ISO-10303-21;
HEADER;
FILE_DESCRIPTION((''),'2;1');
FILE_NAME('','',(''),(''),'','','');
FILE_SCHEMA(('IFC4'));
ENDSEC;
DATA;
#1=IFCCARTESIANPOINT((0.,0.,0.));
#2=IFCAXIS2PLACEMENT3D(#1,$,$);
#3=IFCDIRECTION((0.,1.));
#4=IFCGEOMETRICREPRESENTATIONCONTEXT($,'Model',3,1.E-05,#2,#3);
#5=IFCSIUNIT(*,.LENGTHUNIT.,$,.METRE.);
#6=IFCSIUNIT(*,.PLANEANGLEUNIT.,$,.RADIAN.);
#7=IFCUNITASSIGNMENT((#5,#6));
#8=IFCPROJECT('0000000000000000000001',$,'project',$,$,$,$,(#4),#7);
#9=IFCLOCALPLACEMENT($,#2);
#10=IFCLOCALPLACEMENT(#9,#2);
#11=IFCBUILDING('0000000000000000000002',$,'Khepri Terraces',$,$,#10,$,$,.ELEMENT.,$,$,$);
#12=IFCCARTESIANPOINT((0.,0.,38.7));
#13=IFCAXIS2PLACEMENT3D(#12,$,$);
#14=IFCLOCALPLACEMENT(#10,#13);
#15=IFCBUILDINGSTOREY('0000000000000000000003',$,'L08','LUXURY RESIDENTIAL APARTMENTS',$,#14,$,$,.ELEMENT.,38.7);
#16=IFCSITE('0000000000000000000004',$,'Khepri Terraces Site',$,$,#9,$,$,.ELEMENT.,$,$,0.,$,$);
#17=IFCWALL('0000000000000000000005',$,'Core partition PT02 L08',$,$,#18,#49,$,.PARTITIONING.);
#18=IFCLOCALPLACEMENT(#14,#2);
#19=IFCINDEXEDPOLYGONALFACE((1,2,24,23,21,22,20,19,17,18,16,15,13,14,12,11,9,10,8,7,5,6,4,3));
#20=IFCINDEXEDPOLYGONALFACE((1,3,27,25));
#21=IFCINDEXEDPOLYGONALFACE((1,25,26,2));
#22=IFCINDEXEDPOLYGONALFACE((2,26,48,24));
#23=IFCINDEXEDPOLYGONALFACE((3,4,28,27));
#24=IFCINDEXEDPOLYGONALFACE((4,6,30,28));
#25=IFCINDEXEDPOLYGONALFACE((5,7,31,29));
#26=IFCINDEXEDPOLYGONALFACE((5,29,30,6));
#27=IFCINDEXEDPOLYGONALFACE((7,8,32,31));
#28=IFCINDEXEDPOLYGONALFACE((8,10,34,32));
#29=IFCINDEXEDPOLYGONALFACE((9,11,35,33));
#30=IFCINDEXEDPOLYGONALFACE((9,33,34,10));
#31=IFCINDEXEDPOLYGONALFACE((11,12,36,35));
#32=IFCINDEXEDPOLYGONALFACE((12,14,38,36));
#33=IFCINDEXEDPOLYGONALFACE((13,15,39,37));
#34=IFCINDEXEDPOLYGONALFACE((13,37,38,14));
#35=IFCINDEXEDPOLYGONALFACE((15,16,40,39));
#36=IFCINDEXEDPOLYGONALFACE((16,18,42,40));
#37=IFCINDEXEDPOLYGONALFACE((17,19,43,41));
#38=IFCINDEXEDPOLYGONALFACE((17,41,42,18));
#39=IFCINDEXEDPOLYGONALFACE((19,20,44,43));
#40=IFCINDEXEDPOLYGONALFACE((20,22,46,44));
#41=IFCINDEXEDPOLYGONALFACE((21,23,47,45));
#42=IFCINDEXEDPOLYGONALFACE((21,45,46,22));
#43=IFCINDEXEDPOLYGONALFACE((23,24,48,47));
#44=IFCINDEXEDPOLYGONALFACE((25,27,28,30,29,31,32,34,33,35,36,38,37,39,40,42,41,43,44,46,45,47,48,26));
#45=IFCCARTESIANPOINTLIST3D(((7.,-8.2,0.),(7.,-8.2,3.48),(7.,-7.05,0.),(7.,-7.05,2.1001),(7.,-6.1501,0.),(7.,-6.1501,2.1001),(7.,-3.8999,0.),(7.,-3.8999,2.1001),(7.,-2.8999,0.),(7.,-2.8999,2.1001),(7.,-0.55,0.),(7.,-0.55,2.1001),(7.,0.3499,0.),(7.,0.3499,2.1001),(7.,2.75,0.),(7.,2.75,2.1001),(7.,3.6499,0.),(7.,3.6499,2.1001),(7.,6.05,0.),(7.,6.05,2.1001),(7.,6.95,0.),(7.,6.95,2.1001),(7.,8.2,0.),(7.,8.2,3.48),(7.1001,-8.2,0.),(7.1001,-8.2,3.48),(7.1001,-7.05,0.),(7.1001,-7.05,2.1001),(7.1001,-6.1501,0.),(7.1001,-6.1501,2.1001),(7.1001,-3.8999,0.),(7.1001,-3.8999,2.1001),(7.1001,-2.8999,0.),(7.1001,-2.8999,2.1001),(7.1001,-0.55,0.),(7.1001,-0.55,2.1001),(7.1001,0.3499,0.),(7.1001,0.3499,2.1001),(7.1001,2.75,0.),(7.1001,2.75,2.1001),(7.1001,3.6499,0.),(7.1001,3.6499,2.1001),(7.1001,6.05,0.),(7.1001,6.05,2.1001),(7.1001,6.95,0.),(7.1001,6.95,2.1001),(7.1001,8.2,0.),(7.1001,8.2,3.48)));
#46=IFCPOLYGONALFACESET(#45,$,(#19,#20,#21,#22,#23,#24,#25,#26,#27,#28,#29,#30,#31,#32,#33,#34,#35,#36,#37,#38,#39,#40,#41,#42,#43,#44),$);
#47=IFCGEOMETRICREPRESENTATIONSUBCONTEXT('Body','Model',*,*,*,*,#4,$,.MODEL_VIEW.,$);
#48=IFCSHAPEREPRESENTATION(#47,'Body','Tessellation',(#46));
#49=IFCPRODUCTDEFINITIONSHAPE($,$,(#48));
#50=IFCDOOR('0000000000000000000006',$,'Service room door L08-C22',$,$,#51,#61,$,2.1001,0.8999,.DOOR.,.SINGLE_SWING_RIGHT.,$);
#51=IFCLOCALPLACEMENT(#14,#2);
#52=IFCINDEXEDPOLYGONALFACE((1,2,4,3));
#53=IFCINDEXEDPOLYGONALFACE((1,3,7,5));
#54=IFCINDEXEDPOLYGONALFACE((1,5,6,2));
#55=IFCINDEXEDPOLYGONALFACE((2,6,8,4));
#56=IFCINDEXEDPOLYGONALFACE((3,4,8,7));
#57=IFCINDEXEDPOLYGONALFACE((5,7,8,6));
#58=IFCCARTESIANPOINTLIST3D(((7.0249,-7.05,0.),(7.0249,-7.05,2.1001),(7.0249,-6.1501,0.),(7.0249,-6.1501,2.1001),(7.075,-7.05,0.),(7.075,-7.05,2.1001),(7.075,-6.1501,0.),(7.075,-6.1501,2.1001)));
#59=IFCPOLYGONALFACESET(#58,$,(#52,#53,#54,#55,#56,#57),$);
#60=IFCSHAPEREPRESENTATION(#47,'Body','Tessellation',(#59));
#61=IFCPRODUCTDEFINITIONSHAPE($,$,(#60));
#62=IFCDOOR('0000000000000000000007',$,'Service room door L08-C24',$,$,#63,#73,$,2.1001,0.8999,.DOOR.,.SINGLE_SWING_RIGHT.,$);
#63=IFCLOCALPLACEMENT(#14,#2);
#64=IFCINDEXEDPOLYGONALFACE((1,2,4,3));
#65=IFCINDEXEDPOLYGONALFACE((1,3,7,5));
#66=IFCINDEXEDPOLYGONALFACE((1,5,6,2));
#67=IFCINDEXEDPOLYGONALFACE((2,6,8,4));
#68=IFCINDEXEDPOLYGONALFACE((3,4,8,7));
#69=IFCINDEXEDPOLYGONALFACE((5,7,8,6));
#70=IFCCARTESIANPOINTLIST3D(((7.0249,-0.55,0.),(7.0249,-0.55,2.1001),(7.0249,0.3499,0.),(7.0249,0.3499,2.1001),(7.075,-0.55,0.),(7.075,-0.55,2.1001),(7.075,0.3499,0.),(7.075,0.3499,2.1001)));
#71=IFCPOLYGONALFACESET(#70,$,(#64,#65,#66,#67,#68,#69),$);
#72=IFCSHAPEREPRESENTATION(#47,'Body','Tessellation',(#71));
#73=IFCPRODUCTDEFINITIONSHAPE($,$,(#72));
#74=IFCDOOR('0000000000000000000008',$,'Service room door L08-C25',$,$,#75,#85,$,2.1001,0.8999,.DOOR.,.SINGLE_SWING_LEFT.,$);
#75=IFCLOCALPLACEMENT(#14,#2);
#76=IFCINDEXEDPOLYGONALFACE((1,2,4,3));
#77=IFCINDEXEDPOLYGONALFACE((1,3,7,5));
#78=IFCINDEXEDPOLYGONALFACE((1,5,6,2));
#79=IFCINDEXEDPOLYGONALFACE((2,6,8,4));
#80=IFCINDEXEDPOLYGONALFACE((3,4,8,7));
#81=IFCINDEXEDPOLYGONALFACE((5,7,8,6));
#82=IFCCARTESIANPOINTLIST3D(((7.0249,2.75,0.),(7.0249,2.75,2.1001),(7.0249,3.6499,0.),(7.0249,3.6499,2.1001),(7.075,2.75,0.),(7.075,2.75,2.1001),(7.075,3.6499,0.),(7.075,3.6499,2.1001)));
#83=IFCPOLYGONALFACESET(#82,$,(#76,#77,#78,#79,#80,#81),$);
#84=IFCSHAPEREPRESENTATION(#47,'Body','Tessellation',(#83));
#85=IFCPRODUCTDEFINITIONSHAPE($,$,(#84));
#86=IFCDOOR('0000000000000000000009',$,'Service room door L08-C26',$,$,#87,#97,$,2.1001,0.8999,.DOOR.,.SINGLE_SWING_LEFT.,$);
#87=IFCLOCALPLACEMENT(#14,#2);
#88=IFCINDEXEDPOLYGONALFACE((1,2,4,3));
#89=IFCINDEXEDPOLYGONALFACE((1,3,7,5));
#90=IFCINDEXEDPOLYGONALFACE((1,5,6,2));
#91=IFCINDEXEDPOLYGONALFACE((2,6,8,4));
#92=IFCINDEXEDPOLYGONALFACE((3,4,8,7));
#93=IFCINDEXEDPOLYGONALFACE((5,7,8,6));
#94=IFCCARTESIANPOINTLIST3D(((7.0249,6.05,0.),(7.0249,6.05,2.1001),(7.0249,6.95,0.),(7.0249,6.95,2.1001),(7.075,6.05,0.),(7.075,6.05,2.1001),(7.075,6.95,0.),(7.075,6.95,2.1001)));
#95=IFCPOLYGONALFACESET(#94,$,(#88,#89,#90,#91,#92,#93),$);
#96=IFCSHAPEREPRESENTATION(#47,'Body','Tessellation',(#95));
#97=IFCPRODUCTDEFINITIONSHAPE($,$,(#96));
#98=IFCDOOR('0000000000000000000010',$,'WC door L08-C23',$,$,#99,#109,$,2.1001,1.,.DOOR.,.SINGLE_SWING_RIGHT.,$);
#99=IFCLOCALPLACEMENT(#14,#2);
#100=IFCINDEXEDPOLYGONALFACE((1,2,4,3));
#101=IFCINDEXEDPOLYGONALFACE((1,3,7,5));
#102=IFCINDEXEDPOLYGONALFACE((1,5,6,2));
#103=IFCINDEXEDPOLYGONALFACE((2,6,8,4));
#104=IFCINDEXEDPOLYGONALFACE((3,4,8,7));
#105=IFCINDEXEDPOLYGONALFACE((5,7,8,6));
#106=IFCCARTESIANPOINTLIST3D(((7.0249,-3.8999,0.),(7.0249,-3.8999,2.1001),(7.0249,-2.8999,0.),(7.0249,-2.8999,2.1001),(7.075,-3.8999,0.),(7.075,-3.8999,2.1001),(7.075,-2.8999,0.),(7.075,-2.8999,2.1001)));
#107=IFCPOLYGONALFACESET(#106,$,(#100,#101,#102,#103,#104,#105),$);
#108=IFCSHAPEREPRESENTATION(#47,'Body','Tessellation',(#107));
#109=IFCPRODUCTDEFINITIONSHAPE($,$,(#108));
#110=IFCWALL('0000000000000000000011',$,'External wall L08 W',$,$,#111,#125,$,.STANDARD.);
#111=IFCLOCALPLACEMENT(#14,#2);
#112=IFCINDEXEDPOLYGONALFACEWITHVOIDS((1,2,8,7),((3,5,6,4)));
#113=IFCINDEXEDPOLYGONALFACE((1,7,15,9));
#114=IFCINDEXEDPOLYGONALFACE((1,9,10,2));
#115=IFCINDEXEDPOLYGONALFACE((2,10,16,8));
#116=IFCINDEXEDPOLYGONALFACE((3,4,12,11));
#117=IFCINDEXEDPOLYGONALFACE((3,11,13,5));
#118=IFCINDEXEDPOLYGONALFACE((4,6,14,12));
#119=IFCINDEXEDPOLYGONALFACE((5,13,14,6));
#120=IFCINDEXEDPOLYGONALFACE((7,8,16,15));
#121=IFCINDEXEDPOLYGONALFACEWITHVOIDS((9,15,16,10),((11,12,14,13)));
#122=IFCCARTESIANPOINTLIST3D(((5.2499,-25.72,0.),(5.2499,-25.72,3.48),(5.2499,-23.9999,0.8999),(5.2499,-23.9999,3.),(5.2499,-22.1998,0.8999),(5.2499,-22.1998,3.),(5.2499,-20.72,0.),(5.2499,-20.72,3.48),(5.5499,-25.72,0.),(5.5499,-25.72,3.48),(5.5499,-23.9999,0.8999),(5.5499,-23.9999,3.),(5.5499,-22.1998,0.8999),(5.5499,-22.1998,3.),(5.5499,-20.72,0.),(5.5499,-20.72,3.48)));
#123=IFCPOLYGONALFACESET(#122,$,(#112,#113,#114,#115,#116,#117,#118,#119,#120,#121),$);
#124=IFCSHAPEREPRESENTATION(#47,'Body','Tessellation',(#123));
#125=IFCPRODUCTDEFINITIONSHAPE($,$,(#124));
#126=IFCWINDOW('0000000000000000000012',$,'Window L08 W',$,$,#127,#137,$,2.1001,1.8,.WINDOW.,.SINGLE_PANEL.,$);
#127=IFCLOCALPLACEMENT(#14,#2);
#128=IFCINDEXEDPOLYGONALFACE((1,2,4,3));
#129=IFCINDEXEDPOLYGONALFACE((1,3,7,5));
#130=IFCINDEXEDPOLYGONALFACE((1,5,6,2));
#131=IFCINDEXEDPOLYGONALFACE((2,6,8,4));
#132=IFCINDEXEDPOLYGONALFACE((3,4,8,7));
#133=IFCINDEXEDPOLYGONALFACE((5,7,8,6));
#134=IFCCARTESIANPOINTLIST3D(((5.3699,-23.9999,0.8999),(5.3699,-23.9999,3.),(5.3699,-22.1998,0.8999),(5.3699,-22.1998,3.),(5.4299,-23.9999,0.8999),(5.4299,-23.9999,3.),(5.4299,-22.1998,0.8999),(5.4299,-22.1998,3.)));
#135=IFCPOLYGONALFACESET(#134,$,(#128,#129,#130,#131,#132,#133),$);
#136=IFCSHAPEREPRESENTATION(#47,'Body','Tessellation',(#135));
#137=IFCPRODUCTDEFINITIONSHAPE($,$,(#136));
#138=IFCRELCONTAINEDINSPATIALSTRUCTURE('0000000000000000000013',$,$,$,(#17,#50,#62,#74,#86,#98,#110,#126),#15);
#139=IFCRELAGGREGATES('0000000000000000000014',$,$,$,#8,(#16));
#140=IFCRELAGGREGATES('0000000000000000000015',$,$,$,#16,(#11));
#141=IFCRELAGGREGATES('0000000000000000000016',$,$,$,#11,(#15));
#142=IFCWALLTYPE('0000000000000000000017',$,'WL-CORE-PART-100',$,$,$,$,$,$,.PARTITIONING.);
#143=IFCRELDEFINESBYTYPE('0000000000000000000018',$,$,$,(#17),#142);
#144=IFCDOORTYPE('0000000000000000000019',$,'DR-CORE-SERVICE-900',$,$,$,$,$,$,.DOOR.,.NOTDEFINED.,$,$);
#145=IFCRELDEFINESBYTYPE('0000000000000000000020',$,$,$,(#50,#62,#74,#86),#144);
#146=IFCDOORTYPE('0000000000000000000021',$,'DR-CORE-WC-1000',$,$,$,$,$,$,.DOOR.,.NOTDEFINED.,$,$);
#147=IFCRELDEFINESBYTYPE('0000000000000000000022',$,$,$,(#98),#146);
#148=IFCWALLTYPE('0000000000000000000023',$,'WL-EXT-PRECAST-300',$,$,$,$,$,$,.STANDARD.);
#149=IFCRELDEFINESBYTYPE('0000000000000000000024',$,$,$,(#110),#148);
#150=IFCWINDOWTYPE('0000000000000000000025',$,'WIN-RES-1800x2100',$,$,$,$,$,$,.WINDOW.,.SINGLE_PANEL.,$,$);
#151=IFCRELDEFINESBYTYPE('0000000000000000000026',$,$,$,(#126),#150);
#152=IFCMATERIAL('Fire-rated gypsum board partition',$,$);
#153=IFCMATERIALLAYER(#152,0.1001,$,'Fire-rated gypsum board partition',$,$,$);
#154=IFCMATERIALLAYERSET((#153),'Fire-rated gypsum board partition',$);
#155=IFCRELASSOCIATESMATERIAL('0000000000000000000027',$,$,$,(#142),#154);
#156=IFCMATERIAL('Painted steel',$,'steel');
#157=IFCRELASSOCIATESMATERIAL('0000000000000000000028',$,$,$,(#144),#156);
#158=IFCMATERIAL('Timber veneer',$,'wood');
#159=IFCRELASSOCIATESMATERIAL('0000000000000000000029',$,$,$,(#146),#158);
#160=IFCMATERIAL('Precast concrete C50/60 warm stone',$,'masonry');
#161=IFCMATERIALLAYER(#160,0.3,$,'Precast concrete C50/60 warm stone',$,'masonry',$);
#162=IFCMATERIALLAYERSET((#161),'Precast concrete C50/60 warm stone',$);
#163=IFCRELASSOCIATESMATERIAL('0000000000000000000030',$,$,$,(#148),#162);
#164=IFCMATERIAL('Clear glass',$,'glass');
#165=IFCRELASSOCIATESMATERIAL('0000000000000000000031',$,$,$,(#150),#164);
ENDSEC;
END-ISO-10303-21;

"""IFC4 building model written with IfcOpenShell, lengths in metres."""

from ifc_helpers import new_model, si_unit, direction, frame, frame_2d, origin, place, context, subcontext, project, spatial, rectangle, extrude, material, layer, layer_set, type_object, element, fill, save


model = new_model("IFC4")

# Units and contexts
model_context = context("Model", 3, precision=1e-05, world=origin(), true_north=direction((0.0, 1.0)))
body_context = subcontext(model_context, "Body", "Model", "MODEL_VIEW")
ifc_project = project(units=[si_unit("LENGTHUNIT", "METRE"), si_unit("PLANEANGLEUNIT", "RADIAN")], contexts=[model_context])

# Site, building, storey
site_placement = place(None, origin())
site = spatial("IfcSite", under=ifc_project, at=site_placement, Name="Khepri Terraces Site", CompositionType="ELEMENT", RefElevation=0.0)
building_placement = place(site_placement, origin())
building = spatial("IfcBuilding", under=site, at=building_placement, Name="Khepri Terraces", CompositionType="ELEMENT")
storey_placement = place(building_placement, frame((0.0, 0.0, 38.7)))
storey = spatial("IfcBuildingStorey", under=building, at=storey_placement, Name="L08", Description="LUXURY RESIDENTIAL APARTMENTS", CompositionType="ELEMENT", Elevation=38.7)

# Wall, openings, doors
ifc_material_1 = material(Name="Fire-rated gypsum board partition")
ifc_layer_1 = layer(ifc_material_1, 0.1001, Name="Fire-rated gypsum board partition")
ifc_layer_set_1 = layer_set([ifc_layer_1], Name="Fire-rated gypsum board partition")
wall_type_1 = type_object("IfcWallType", Name="WL-CORE-PART-100", PredefinedType="PARTITIONING", material=ifc_layer_set_1)
wall_1_placement = place(storey_placement, frame((7.05, -8.2, 0.0), z_axis=(0.0, 0.0, 1.0), x_axis=(0.0, 1.0, 0.0)))
wall_1 = element("IfcWall", 1, at=wall_1_placement, inside=storey, type_object=wall_type_1, Name="Core partition PT02 L08", PredefinedType="PARTITIONING", context=body_context, shape_type="SweptSolid", body=[
    extrude(rectangle(XDim=16.3999, YDim=0.1001, at=frame_2d((8.2, 0.0))), origin(), (0.0, 0.0, 1.0), 3.48),
])
opening_1_placement = place(wall_1_placement, frame((1.1499, 0.0, 0.0)))
opening_1 = element("IfcOpeningElement", 2, at=opening_1_placement, cuts=wall_1, PredefinedType="OPENING", context=body_context, shape_type="SweptSolid", body=[
    extrude(rectangle(XDim=0.8999, YDim=2.1001, at=frame_2d((0.45, 1.05))), frame((0.0, 0.0601, 0.0), z_axis=(0.0, -1.0, 0.0), x_axis=(1.0, 0.0, 0.0)), (0.0, 0.0, 1.0), 0.1201),
])
opening_2_placement = place(wall_1_placement, frame((4.3, 0.0, 0.0)))
opening_2 = element("IfcOpeningElement", 3, at=opening_2_placement, cuts=wall_1, PredefinedType="OPENING", context=body_context, shape_type="SweptSolid", body=[
    extrude(rectangle(XDim=1.0, YDim=2.1001, at=frame_2d((0.5, 1.05))), frame((0.0, 0.0601, 0.0), z_axis=(0.0, -1.0, 0.0), x_axis=(1.0, 0.0, 0.0)), (0.0, 0.0, 1.0), 0.1201),
])
opening_3_placement = place(wall_1_placement, frame((7.6499, 0.0, 0.0)))
opening_3 = element("IfcOpeningElement", 4, at=opening_3_placement, cuts=wall_1, PredefinedType="OPENING", context=body_context, shape_type="SweptSolid", body=[
    extrude(rectangle(XDim=0.8999, YDim=2.1001, at=frame_2d((0.45, 1.05))), frame((0.0, 0.0601, 0.0), z_axis=(0.0, -1.0, 0.0), x_axis=(1.0, 0.0, 0.0)), (0.0, 0.0, 1.0), 0.1201),
])
opening_4_placement = place(wall_1_placement, frame((10.95, 0.0, 0.0)))
opening_4 = element("IfcOpeningElement", 5, at=opening_4_placement, cuts=wall_1, PredefinedType="OPENING", context=body_context, shape_type="SweptSolid", body=[
    extrude(rectangle(XDim=0.8999, YDim=2.1001, at=frame_2d((0.45, 1.05))), frame((0.0, 0.0601, 0.0), z_axis=(0.0, -1.0, 0.0), x_axis=(1.0, 0.0, 0.0)), (0.0, 0.0, 1.0), 0.1201),
])
opening_5_placement = place(wall_1_placement, frame((14.25, 0.0, 0.0)))
opening_5 = element("IfcOpeningElement", 6, at=opening_5_placement, cuts=wall_1, PredefinedType="OPENING", context=body_context, shape_type="SweptSolid", body=[
    extrude(rectangle(XDim=0.8999, YDim=2.1001, at=frame_2d((0.45, 1.05))), frame((0.0, 0.0601, 0.0), z_axis=(0.0, -1.0, 0.0), x_axis=(1.0, 0.0, 0.0)), (0.0, 0.0, 1.0), 0.1201),
])
ifc_material_2 = material(Name="Painted steel", Category="steel")
door_type_1 = type_object("IfcDoorType", Name="DR-CORE-SERVICE-900", OperationType="NOTDEFINED", PredefinedType="DOOR", material=ifc_material_2)
door_1_placement = place(opening_1_placement, frame((0.8999, 0.0, 0.0), z_axis=(0.0, 0.0, 1.0), x_axis=(-1.0, 0.0, 0.0)))
door_1 = element("IfcDoor", 7, at=door_1_placement, inside=storey, type_object=door_type_1, Name="Service room door L08-C22", OperationType="SINGLE_SWING_RIGHT", OverallHeight=2.1001, OverallWidth=0.8999, PredefinedType="DOOR", context=body_context, shape_type="SweptSolid", body=[
    extrude(rectangle(XDim=0.8999, YDim=2.1001, at=frame_2d((0.45, 1.05))), frame((0.0, 0.0249, 0.0), z_axis=(0.0, -1.0, 0.0), x_axis=(1.0, 0.0, 0.0)), (0.0, 0.0, 1.0), 0.05),
])
fill(opening_1, door_1)
door_2_placement = place(opening_3_placement, frame((0.8999, 0.0, 0.0), z_axis=(0.0, 0.0, 1.0), x_axis=(-1.0, 0.0, 0.0)))
door_2 = element("IfcDoor", 8, at=door_2_placement, inside=storey, type_object=door_type_1, Name="Service room door L08-C24", OperationType="SINGLE_SWING_RIGHT", OverallHeight=2.1001, OverallWidth=0.8999, PredefinedType="DOOR", context=body_context, shape_type="SweptSolid", body=[
    extrude(rectangle(XDim=0.8999, YDim=2.1001, at=frame_2d((0.45, 1.05))), frame((0.0, 0.0249, 0.0), z_axis=(0.0, -1.0, 0.0), x_axis=(1.0, 0.0, 0.0)), (0.0, 0.0, 1.0), 0.05),
])
fill(opening_3, door_2)
door_3_placement = place(opening_4_placement, frame((0.8999, 0.0, 0.0), z_axis=(0.0, 0.0, 1.0), x_axis=(-1.0, 0.0, 0.0)))
door_3 = element("IfcDoor", 9, at=door_3_placement, inside=storey, type_object=door_type_1, Name="Service room door L08-C25", OperationType="SINGLE_SWING_LEFT", OverallHeight=2.1001, OverallWidth=0.8999, PredefinedType="DOOR", context=body_context, shape_type="SweptSolid", body=[
    extrude(rectangle(XDim=0.8999, YDim=2.1001, at=frame_2d((0.45, 1.05))), frame((0.0, 0.0249, 0.0), z_axis=(0.0, -1.0, 0.0), x_axis=(1.0, 0.0, 0.0)), (0.0, 0.0, 1.0), 0.05),
])
fill(opening_4, door_3)
door_4_placement = place(opening_5_placement, frame((0.8999, 0.0, 0.0), z_axis=(0.0, 0.0, 1.0), x_axis=(-1.0, 0.0, 0.0)))
door_4 = element("IfcDoor", 10, at=door_4_placement, inside=storey, type_object=door_type_1, Name="Service room door L08-C26", OperationType="SINGLE_SWING_LEFT", OverallHeight=2.1001, OverallWidth=0.8999, PredefinedType="DOOR", context=body_context, shape_type="SweptSolid", body=[
    extrude(rectangle(XDim=0.8999, YDim=2.1001, at=frame_2d((0.45, 1.05))), frame((0.0, 0.0249, 0.0), z_axis=(0.0, -1.0, 0.0), x_axis=(1.0, 0.0, 0.0)), (0.0, 0.0, 1.0), 0.05),
])
fill(opening_5, door_4)
ifc_material_3 = material(Name="Timber veneer", Category="wood")
door_type_2 = type_object("IfcDoorType", Name="DR-CORE-WC-1000", OperationType="NOTDEFINED", PredefinedType="DOOR", material=ifc_material_3)
door_5_placement = place(opening_2_placement, frame((1.0, 0.0, 0.0), z_axis=(0.0, 0.0, 1.0), x_axis=(-1.0, 0.0, 0.0)))
door_5 = element("IfcDoor", 11, at=door_5_placement, inside=storey, type_object=door_type_2, Name="WC door L08-C23", OperationType="SINGLE_SWING_RIGHT", OverallHeight=2.1001, OverallWidth=1.0, PredefinedType="DOOR", context=body_context, shape_type="SweptSolid", body=[
    extrude(rectangle(XDim=1.0, YDim=2.1001, at=frame_2d((0.5, 1.05))), frame((0.0, 0.0249, 0.0), z_axis=(0.0, -1.0, 0.0), x_axis=(1.0, 0.0, 0.0)), (0.0, 0.0, 1.0), 0.05),
])
fill(opening_2, door_5)

# Wall, opening, window
ifc_material_4 = material(Name="Precast concrete C50/60 warm stone", Category="masonry")
ifc_layer_2 = layer(ifc_material_4, 0.3, Name="Precast concrete C50/60 warm stone", Category="masonry")
ifc_layer_set_2 = layer_set([ifc_layer_2], Name="Precast concrete C50/60 warm stone")
wall_type_2 = type_object("IfcWallType", Name="WL-EXT-PRECAST-300", PredefinedType="STANDARD", material=ifc_layer_set_2)
wall_2_placement = place(storey_placement, frame((5.3999, -20.72, 0.0), z_axis=(0.0, 0.0, 1.0), x_axis=(0.0, -1.0, 0.0)))
wall_2 = element("IfcWall", 12, at=wall_2_placement, inside=storey, type_object=wall_type_2, Name="External wall L08 W", PredefinedType="STANDARD", context=body_context, shape_type="SweptSolid", body=[
    extrude(rectangle(XDim=5.0, YDim=0.3, at=frame_2d((2.5, 0.0))), origin(), (0.0, 0.0, 1.0), 3.48),
])
opening_6_placement = place(wall_2_placement, frame((1.48, 0.0, 0.8999)))
opening_6 = element("IfcOpeningElement", 13, at=opening_6_placement, cuts=wall_2, PredefinedType="OPENING", context=body_context, shape_type="SweptSolid", body=[
    extrude(rectangle(XDim=1.8, YDim=2.1001, at=frame_2d((0.8999, 1.05))), frame((0.0, 0.1602, 0.0), z_axis=(0.0, -1.0, 0.0), x_axis=(1.0, 0.0, 0.0)), (0.0, 0.0, 1.0), 0.3201),
])
ifc_material_5 = material(Name="Clear glass", Category="glass")
window_type = type_object("IfcWindowType", Name="WIN-RES-1800x2100", PartitioningType="SINGLE_PANEL", PredefinedType="WINDOW", material=ifc_material_5)
window_1_placement = place(opening_6_placement, origin())
window_1 = element("IfcWindow", 14, at=window_1_placement, inside=storey, type_object=window_type, Name="Window L08 W", OverallHeight=2.1001, OverallWidth=1.8, PartitioningType="SINGLE_PANEL", PredefinedType="WINDOW", context=body_context, shape_type="SweptSolid", body=[
    extrude(rectangle(XDim=1.8, YDim=2.1001, at=frame_2d((0.8999, 1.05))), frame((0.0, 0.03, 0.0), z_axis=(0.0, -1.0, 0.0), x_axis=(1.0, 0.0, 0.0)), (0.0, 0.0, 1.0), 0.0601),
])
fill(opening_6, window_1)

save(model, "model.ifc")
